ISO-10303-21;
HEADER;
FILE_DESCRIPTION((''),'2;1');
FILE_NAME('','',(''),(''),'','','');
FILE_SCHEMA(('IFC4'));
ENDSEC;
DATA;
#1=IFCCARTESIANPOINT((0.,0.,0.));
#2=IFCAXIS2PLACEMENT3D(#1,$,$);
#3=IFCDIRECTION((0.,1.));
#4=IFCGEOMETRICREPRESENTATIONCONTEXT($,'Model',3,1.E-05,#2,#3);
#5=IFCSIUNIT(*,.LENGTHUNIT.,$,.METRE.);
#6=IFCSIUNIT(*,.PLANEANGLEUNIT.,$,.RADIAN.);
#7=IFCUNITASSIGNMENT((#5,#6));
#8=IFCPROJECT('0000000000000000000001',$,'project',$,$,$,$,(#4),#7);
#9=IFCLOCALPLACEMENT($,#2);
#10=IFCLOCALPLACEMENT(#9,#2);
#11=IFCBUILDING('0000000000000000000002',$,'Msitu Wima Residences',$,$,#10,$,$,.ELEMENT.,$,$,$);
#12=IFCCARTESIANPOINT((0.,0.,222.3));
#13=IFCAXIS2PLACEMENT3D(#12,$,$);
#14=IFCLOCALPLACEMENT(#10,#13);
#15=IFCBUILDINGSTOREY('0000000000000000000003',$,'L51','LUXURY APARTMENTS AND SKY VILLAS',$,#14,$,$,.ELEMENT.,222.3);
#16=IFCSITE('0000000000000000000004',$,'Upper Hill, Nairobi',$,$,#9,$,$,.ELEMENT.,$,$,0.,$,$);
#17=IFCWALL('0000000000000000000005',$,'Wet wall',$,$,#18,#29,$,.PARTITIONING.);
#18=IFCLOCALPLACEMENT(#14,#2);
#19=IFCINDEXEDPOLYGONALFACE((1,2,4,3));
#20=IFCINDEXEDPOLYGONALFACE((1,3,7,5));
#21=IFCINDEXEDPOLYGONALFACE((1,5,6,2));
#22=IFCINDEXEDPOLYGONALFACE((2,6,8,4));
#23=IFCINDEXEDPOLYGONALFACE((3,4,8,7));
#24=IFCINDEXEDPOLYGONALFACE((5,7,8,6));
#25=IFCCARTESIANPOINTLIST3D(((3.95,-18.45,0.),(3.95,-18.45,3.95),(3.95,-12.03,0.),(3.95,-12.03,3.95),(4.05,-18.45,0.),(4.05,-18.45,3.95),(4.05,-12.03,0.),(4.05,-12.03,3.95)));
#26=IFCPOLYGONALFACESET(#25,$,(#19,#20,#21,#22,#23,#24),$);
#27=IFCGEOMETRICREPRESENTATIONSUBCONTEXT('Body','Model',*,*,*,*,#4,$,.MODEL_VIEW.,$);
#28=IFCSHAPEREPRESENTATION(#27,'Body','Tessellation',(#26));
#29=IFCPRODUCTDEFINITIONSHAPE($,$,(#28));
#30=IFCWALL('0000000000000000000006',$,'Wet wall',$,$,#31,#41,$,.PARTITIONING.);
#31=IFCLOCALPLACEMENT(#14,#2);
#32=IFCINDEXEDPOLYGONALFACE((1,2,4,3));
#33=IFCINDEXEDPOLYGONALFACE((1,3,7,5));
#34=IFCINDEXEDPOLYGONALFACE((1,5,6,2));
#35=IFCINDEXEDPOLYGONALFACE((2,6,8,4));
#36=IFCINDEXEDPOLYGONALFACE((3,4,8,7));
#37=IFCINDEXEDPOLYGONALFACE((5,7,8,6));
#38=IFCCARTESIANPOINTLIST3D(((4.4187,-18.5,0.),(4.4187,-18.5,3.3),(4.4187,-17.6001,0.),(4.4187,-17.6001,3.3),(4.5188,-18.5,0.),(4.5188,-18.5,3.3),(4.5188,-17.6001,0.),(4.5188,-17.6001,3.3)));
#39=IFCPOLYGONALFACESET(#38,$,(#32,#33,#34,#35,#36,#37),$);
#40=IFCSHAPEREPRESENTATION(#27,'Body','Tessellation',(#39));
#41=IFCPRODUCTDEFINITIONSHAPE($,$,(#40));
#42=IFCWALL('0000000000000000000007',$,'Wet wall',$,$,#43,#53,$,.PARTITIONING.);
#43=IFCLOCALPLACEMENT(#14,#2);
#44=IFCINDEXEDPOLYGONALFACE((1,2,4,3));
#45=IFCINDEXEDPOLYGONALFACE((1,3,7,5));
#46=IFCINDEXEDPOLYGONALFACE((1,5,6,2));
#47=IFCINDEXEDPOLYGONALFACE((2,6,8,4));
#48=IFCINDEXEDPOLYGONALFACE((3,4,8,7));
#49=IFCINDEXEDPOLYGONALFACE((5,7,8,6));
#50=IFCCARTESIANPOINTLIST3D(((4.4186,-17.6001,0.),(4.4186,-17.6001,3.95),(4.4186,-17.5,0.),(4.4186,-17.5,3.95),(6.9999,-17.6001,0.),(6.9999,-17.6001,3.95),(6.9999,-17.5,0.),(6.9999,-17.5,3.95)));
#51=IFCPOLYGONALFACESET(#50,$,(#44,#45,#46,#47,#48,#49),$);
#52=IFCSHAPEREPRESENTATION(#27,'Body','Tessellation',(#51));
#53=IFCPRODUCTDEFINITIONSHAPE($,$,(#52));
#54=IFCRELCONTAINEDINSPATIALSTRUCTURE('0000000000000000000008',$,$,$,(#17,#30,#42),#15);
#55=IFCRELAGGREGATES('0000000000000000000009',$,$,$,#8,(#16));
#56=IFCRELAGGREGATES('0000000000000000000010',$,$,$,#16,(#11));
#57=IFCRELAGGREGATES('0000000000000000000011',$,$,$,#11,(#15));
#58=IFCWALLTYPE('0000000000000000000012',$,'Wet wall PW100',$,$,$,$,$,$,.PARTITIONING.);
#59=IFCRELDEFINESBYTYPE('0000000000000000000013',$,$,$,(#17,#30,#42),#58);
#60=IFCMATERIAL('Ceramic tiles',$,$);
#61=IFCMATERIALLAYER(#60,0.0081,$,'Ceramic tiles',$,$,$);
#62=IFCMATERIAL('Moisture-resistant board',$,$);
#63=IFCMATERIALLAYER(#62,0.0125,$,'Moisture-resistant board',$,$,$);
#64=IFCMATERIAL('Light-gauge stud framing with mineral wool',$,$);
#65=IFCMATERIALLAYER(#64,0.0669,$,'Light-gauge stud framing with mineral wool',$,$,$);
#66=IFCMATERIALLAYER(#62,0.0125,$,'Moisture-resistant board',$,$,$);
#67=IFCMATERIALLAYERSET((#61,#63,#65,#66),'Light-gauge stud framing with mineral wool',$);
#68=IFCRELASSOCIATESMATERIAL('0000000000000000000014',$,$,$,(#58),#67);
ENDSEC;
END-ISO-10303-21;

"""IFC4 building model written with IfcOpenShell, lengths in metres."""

from ifc_helpers import new_model, si_unit, direction, frame, frame_2d, origin, place, context, subcontext, project, spatial, rectangle, extrude, material, layer, layer_set, type_object, element, save


model = new_model("IFC4")

# Units and contexts
model_context = context("Model", 3, precision=1e-05, world=origin(), true_north=direction((0.0, 1.0)))
body_context = subcontext(model_context, "Body", "Model", "MODEL_VIEW")
ifc_project = project(units=[si_unit("LENGTHUNIT", "METRE"), si_unit("PLANEANGLEUNIT", "RADIAN")], contexts=[model_context])

# Site, building, storey
site_placement = place(None, origin())
site = spatial("IfcSite", under=ifc_project, at=site_placement, Name="Upper Hill, Nairobi", CompositionType="ELEMENT", RefElevation=0.0)
building_placement = place(site_placement, origin())
building = spatial("IfcBuilding", under=site, at=building_placement, Name="Msitu Wima Residences", CompositionType="ELEMENT")
storey_placement = place(building_placement, frame((0.0, 0.0, 222.3)))
storey = spatial("IfcBuildingStorey", under=building, at=storey_placement, Name="L51", Description="LUXURY APARTMENTS AND SKY VILLAS", CompositionType="ELEMENT", Elevation=222.3)

# Shared definitions
ifc_material_1 = material(Name="Ceramic tiles")
ifc_layer_1 = layer(ifc_material_1, 0.0081, Name="Ceramic tiles")
ifc_material_2 = material(Name="Moisture-resistant board")
ifc_layer_2 = layer(ifc_material_2, 0.0125, Name="Moisture-resistant board")
ifc_material_3 = material(Name="Light-gauge stud framing with mineral wool")
ifc_layer_3 = layer(ifc_material_3, 0.0669, Name="Light-gauge stud framing with mineral wool")
ifc_layer_4 = layer(ifc_material_2, 0.0125, Name="Moisture-resistant board")
ifc_layer_set_1 = layer_set([ifc_layer_1, ifc_layer_2, ifc_layer_3, ifc_layer_4], Name="Light-gauge stud framing with mineral wool")
wall_type_1 = type_object("IfcWallType", Name="Wet wall PW100", PredefinedType="PARTITIONING", material=ifc_layer_set_1)

# Walls
wall_1_placement = place(storey_placement, frame((4.0, -18.45, 0.0), z_axis=(0.0, 0.0, 1.0), x_axis=(0.0, 1.0, 0.0)))
element("IfcWall", 1, at=wall_1_placement, inside=storey, type_object=wall_type_1, Name="Wet wall", PredefinedType="PARTITIONING", context=body_context, shape_type="SweptSolid", body=[
    extrude(rectangle(XDim=6.4199, YDim=0.1001, at=frame_2d((3.21, 0.0))), origin(), (0.0, 0.0, 1.0), 3.95),
])
wall_2_placement = place(storey_placement, frame((4.4688, -18.5, 0.0), z_axis=(0.0, 0.0, 1.0), x_axis=(0.0, 1.0, 0.0)))
element("IfcWall", 2, at=wall_2_placement, inside=storey, type_object=wall_type_1, Name="Wet wall", PredefinedType="PARTITIONING", context=body_context, shape_type="SweptSolid", body=[
    extrude(rectangle(XDim=0.8999, YDim=0.1001, at=frame_2d((0.45, 0.0))), origin(), (0.0, 0.0, 1.0), 3.3),
])
wall_3_placement = place(storey_placement, frame((4.4187, -17.55, 0.0), z_axis=(0.0, 0.0, 1.0), x_axis=(1.0, 0.0, 0.0)))
element("IfcWall", 3, at=wall_3_placement, inside=storey, type_object=wall_type_1, Name="Wet wall", PredefinedType="PARTITIONING", context=body_context, shape_type="SweptSolid", body=[
    extrude(rectangle(XDim=2.5813, YDim=0.1001, at=frame_2d((1.2905, 0.0))), origin(), (0.0, 0.0, 1.0), 3.95),
])

save(model, "model.ifc")
